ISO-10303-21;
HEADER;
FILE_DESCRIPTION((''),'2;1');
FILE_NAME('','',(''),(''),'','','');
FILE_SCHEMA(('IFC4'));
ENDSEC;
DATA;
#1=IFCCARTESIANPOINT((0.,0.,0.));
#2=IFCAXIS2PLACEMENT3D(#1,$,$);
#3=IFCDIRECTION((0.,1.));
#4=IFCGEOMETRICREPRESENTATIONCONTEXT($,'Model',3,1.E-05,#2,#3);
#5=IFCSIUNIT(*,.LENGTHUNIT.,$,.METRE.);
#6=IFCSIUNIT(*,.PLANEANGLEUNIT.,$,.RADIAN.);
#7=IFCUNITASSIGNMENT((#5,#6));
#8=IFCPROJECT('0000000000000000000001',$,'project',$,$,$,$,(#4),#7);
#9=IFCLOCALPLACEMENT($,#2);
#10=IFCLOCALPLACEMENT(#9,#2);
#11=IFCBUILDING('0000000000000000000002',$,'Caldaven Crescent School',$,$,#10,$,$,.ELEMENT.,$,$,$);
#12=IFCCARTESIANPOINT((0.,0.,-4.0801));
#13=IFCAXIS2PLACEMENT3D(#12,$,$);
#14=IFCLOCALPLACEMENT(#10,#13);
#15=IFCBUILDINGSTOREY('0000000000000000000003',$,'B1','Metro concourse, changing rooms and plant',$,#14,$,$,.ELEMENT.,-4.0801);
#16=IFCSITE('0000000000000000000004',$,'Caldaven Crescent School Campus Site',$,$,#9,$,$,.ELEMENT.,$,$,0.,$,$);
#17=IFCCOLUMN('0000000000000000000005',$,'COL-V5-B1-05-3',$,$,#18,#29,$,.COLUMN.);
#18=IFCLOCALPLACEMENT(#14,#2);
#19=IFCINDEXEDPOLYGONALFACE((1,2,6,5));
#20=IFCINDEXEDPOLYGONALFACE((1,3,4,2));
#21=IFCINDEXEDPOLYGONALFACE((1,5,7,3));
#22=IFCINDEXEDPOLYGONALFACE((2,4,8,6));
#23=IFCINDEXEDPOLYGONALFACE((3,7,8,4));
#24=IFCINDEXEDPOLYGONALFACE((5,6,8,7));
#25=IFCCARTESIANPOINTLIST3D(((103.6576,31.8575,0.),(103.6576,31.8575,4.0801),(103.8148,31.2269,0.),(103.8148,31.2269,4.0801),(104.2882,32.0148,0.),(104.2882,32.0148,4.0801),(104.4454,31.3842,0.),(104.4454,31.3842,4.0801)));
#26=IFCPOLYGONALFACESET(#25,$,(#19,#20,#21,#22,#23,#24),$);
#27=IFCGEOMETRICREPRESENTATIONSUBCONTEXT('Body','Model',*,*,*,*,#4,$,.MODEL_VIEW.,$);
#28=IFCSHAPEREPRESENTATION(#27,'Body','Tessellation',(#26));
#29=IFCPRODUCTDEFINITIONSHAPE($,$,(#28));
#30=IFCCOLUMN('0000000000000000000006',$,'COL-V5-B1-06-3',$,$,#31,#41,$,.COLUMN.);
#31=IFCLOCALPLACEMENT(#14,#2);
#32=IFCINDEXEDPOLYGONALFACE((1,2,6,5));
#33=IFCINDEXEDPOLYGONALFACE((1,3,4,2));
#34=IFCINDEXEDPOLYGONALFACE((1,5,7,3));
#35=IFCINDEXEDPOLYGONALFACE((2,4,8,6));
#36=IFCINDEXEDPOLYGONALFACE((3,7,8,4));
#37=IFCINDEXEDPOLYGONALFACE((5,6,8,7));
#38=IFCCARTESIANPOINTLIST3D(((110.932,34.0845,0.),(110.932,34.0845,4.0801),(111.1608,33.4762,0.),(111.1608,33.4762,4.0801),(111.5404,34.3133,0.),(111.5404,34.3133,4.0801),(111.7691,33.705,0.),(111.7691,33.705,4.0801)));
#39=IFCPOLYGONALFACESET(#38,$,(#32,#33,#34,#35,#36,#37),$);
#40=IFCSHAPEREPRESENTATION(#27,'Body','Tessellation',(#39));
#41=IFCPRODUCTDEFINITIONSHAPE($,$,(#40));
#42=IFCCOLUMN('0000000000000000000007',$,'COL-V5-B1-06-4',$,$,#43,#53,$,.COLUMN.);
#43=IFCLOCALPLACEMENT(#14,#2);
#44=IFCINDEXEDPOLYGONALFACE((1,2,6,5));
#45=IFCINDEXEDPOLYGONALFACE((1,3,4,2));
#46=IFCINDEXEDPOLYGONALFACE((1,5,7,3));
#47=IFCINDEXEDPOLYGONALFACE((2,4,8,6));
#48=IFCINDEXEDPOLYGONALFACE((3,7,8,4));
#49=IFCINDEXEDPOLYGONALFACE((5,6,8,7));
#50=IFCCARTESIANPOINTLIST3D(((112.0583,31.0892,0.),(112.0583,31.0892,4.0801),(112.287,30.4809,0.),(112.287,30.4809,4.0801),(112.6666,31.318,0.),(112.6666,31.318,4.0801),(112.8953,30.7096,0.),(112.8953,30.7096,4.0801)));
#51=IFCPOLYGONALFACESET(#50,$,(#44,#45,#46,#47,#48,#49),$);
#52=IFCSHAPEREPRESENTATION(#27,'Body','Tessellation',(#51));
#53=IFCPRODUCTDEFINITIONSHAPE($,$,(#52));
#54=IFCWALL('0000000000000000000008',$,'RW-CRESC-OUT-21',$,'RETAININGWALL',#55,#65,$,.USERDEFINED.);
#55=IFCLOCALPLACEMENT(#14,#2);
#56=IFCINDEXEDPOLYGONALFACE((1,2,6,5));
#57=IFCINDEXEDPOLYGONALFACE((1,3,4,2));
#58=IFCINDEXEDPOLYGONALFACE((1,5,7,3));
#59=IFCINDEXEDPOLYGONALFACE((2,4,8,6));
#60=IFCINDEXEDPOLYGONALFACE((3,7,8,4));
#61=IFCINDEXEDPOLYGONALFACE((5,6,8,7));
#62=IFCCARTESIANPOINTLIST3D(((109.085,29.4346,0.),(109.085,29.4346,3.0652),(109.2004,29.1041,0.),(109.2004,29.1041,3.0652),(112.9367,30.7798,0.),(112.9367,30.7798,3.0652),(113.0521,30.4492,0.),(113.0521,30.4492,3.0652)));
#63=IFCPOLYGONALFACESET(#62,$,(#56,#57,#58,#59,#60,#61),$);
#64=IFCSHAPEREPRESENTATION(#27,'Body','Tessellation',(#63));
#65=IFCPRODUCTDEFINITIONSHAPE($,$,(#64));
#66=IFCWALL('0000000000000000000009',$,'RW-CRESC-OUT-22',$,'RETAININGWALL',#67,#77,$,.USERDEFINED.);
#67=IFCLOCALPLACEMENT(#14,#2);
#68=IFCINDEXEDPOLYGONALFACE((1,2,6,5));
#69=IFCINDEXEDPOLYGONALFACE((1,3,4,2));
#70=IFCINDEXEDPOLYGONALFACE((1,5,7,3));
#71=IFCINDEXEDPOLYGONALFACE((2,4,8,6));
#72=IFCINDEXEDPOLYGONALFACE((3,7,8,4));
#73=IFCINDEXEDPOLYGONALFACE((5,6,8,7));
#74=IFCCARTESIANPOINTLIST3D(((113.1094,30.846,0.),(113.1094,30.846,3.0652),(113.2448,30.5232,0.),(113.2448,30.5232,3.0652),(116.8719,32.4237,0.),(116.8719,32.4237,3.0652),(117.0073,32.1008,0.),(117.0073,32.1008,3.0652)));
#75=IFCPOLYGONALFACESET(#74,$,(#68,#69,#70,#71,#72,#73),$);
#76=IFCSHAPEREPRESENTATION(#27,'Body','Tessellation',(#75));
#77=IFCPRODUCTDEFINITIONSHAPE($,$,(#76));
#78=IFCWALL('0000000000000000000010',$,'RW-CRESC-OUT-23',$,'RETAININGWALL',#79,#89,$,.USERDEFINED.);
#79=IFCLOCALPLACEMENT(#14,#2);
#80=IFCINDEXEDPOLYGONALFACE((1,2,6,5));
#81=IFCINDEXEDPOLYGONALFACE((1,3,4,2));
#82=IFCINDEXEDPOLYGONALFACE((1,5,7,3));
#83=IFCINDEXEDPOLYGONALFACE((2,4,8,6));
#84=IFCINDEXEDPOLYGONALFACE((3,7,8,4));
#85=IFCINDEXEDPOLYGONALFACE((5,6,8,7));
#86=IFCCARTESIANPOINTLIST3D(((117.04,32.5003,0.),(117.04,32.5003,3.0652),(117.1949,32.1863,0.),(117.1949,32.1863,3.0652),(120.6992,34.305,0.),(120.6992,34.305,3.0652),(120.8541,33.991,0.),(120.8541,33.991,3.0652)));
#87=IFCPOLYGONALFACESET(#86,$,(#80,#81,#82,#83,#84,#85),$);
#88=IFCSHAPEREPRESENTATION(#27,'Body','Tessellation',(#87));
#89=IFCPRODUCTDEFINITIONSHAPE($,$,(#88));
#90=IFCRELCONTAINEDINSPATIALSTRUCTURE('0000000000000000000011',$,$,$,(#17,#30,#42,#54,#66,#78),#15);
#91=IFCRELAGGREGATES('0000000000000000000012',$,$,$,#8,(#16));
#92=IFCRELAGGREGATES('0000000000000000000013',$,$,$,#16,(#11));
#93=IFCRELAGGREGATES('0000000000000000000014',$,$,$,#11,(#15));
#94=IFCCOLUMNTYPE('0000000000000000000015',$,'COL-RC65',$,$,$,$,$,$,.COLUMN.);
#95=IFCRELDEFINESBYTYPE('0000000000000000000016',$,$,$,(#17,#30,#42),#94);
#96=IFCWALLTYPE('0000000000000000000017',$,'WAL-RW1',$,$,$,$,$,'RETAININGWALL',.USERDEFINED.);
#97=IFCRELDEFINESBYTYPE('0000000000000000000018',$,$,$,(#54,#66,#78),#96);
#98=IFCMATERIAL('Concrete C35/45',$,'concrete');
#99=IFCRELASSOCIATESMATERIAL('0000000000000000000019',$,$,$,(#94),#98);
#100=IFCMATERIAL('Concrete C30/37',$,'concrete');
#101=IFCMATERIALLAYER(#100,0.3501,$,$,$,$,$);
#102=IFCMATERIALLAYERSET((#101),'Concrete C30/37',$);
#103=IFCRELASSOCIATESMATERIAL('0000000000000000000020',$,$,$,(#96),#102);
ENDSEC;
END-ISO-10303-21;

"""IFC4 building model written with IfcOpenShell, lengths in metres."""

from ifc_helpers import new_model, si_unit, direction, frame, frame_2d, origin, origin_2d, place, context, subcontext, project, spatial, rectangle, extrude, material, layer, layer_set, material_profile, profile_set, type_object, element, save


model = new_model("IFC4")

# Units and contexts
model_context = context("Model", 3, precision=1e-05, world=origin(), true_north=direction((0.0, 1.0)))
body_context = subcontext(model_context, "Body", "Model", "MODEL_VIEW")
ifc_project = project(units=[si_unit("LENGTHUNIT", "METRE"), si_unit("PLANEANGLEUNIT", "RADIAN")], contexts=[model_context])

# Site, building, storey
site_placement = place(None, origin())
site = spatial("IfcSite", under=ifc_project, at=site_placement, Name="Caldaven Crescent School Campus Site", CompositionType="ELEMENT", RefElevation=0.0)
building_placement = place(site_placement, origin())
building = spatial("IfcBuilding", under=site, at=building_placement, Name="Caldaven Crescent School", CompositionType="ELEMENT")
storey_placement = place(building_placement, frame((0.0, 0.0, -4.0801)))
storey = spatial("IfcBuildingStorey", under=building, at=storey_placement, Name="B1", Description="Metro concourse, changing rooms and plant", CompositionType="ELEMENT", Elevation=-4.0801)

# Shared definitions
ifc_material_1 = material(Name="Concrete C30/37", Category="concrete")
ifc_material_2 = material(Name="Concrete C35/45", Category="concrete")

# Columns
ifc_material_profile_1 = material_profile(ifc_material_2, rectangle(XDim=0.6499, YDim=0.6499, at=origin_2d()), Name="RC 650x650")
ifc_profile_set_1 = profile_set([ifc_material_profile_1], Name="Concrete C35/45")
column_type_1 = type_object("IfcColumnType", Name="COL-RC65", PredefinedType="COLUMN", material=ifc_profile_set_1)
for number, where, z_axis, x_axis, name in (
    (1, (104.0515, 31.6208, 0.0), (0.0, 0.0, 1.0), (0.241922, -0.970296, 0.0), "COL-V5-B1-05-3"),
    (2, (111.3506, 33.8948, 0.0), (0.0, 0.0, 1.0), (0.352005, -0.935998, 0.0), "COL-V5-B1-06-3"),
    (3, (112.4768, 30.8994, 0.0), (0.0, 0.0, 1.0), (0.352005, -0.935998, 0.0), "COL-V5-B1-06-4"),
):
    element("IfcColumn", number, at=place(storey_placement, frame(where, z_axis=z_axis, x_axis=x_axis)), inside=storey, type_object=column_type_1, Name=name, PredefinedType="COLUMN", context=body_context, shape_type="SweptSolid", body=[
        extrude(rectangle(XDim=0.6499, YDim=0.6499, at=origin_2d()), origin(), (0.0, 0.0, 1.0), 4.0801),
    ])

# Walls
ifc_layer = layer(ifc_material_1, 0.3501)
ifc_layer_set = layer_set([ifc_layer], Name="Concrete C30/37")
wall_type = type_object("IfcWallType", Name="WAL-RW1", ElementType="RETAININGWALL", PredefinedType="USERDEFINED", material=ifc_layer_set)
for number, where, z_axis, x_axis, name in (
    (4, (109.1426, 29.2693, 0.0), (0.0, 0.0, 1.0), (0.944081, 0.329713, 0.0), "RW-CRESC-OUT-21"),
    (5, (113.177, 30.6846, 0.0), (0.0, 0.0, 1.0), (0.922209, 0.386692, 0.0), "RW-CRESC-OUT-22"),
):
    element("IfcWall", number, at=place(storey_placement, frame(where, z_axis=z_axis, x_axis=x_axis)), inside=storey, type_object=wall_type, Name=name, ObjectType="RETAININGWALL", PredefinedType="USERDEFINED", context=body_context, shape_type="SweptSolid", body=[
        extrude(rectangle(XDim=4.0798, YDim=0.3501, at=frame_2d((2.04, 0.0))), origin(), (0.0, 0.0, 1.0), 3.0652),
    ])
wall_placement = place(storey_placement, frame((117.1174, 32.3433, 0.0), z_axis=(0.0, 0.0, 1.0), x_axis=(0.896855, 0.442324, 0.0)))
element("IfcWall", 6, at=wall_placement, inside=storey, type_object=wall_type, Name="RW-CRESC-OUT-23", ObjectType="RETAININGWALL", PredefinedType="USERDEFINED", context=body_context, shape_type="SweptSolid", body=[
    extrude(rectangle(XDim=4.0801, YDim=0.3501, at=frame_2d((2.04, 0.0))), origin(), (0.0, 0.0, 1.0), 3.0652),
])

save(model, "model.ifc")
